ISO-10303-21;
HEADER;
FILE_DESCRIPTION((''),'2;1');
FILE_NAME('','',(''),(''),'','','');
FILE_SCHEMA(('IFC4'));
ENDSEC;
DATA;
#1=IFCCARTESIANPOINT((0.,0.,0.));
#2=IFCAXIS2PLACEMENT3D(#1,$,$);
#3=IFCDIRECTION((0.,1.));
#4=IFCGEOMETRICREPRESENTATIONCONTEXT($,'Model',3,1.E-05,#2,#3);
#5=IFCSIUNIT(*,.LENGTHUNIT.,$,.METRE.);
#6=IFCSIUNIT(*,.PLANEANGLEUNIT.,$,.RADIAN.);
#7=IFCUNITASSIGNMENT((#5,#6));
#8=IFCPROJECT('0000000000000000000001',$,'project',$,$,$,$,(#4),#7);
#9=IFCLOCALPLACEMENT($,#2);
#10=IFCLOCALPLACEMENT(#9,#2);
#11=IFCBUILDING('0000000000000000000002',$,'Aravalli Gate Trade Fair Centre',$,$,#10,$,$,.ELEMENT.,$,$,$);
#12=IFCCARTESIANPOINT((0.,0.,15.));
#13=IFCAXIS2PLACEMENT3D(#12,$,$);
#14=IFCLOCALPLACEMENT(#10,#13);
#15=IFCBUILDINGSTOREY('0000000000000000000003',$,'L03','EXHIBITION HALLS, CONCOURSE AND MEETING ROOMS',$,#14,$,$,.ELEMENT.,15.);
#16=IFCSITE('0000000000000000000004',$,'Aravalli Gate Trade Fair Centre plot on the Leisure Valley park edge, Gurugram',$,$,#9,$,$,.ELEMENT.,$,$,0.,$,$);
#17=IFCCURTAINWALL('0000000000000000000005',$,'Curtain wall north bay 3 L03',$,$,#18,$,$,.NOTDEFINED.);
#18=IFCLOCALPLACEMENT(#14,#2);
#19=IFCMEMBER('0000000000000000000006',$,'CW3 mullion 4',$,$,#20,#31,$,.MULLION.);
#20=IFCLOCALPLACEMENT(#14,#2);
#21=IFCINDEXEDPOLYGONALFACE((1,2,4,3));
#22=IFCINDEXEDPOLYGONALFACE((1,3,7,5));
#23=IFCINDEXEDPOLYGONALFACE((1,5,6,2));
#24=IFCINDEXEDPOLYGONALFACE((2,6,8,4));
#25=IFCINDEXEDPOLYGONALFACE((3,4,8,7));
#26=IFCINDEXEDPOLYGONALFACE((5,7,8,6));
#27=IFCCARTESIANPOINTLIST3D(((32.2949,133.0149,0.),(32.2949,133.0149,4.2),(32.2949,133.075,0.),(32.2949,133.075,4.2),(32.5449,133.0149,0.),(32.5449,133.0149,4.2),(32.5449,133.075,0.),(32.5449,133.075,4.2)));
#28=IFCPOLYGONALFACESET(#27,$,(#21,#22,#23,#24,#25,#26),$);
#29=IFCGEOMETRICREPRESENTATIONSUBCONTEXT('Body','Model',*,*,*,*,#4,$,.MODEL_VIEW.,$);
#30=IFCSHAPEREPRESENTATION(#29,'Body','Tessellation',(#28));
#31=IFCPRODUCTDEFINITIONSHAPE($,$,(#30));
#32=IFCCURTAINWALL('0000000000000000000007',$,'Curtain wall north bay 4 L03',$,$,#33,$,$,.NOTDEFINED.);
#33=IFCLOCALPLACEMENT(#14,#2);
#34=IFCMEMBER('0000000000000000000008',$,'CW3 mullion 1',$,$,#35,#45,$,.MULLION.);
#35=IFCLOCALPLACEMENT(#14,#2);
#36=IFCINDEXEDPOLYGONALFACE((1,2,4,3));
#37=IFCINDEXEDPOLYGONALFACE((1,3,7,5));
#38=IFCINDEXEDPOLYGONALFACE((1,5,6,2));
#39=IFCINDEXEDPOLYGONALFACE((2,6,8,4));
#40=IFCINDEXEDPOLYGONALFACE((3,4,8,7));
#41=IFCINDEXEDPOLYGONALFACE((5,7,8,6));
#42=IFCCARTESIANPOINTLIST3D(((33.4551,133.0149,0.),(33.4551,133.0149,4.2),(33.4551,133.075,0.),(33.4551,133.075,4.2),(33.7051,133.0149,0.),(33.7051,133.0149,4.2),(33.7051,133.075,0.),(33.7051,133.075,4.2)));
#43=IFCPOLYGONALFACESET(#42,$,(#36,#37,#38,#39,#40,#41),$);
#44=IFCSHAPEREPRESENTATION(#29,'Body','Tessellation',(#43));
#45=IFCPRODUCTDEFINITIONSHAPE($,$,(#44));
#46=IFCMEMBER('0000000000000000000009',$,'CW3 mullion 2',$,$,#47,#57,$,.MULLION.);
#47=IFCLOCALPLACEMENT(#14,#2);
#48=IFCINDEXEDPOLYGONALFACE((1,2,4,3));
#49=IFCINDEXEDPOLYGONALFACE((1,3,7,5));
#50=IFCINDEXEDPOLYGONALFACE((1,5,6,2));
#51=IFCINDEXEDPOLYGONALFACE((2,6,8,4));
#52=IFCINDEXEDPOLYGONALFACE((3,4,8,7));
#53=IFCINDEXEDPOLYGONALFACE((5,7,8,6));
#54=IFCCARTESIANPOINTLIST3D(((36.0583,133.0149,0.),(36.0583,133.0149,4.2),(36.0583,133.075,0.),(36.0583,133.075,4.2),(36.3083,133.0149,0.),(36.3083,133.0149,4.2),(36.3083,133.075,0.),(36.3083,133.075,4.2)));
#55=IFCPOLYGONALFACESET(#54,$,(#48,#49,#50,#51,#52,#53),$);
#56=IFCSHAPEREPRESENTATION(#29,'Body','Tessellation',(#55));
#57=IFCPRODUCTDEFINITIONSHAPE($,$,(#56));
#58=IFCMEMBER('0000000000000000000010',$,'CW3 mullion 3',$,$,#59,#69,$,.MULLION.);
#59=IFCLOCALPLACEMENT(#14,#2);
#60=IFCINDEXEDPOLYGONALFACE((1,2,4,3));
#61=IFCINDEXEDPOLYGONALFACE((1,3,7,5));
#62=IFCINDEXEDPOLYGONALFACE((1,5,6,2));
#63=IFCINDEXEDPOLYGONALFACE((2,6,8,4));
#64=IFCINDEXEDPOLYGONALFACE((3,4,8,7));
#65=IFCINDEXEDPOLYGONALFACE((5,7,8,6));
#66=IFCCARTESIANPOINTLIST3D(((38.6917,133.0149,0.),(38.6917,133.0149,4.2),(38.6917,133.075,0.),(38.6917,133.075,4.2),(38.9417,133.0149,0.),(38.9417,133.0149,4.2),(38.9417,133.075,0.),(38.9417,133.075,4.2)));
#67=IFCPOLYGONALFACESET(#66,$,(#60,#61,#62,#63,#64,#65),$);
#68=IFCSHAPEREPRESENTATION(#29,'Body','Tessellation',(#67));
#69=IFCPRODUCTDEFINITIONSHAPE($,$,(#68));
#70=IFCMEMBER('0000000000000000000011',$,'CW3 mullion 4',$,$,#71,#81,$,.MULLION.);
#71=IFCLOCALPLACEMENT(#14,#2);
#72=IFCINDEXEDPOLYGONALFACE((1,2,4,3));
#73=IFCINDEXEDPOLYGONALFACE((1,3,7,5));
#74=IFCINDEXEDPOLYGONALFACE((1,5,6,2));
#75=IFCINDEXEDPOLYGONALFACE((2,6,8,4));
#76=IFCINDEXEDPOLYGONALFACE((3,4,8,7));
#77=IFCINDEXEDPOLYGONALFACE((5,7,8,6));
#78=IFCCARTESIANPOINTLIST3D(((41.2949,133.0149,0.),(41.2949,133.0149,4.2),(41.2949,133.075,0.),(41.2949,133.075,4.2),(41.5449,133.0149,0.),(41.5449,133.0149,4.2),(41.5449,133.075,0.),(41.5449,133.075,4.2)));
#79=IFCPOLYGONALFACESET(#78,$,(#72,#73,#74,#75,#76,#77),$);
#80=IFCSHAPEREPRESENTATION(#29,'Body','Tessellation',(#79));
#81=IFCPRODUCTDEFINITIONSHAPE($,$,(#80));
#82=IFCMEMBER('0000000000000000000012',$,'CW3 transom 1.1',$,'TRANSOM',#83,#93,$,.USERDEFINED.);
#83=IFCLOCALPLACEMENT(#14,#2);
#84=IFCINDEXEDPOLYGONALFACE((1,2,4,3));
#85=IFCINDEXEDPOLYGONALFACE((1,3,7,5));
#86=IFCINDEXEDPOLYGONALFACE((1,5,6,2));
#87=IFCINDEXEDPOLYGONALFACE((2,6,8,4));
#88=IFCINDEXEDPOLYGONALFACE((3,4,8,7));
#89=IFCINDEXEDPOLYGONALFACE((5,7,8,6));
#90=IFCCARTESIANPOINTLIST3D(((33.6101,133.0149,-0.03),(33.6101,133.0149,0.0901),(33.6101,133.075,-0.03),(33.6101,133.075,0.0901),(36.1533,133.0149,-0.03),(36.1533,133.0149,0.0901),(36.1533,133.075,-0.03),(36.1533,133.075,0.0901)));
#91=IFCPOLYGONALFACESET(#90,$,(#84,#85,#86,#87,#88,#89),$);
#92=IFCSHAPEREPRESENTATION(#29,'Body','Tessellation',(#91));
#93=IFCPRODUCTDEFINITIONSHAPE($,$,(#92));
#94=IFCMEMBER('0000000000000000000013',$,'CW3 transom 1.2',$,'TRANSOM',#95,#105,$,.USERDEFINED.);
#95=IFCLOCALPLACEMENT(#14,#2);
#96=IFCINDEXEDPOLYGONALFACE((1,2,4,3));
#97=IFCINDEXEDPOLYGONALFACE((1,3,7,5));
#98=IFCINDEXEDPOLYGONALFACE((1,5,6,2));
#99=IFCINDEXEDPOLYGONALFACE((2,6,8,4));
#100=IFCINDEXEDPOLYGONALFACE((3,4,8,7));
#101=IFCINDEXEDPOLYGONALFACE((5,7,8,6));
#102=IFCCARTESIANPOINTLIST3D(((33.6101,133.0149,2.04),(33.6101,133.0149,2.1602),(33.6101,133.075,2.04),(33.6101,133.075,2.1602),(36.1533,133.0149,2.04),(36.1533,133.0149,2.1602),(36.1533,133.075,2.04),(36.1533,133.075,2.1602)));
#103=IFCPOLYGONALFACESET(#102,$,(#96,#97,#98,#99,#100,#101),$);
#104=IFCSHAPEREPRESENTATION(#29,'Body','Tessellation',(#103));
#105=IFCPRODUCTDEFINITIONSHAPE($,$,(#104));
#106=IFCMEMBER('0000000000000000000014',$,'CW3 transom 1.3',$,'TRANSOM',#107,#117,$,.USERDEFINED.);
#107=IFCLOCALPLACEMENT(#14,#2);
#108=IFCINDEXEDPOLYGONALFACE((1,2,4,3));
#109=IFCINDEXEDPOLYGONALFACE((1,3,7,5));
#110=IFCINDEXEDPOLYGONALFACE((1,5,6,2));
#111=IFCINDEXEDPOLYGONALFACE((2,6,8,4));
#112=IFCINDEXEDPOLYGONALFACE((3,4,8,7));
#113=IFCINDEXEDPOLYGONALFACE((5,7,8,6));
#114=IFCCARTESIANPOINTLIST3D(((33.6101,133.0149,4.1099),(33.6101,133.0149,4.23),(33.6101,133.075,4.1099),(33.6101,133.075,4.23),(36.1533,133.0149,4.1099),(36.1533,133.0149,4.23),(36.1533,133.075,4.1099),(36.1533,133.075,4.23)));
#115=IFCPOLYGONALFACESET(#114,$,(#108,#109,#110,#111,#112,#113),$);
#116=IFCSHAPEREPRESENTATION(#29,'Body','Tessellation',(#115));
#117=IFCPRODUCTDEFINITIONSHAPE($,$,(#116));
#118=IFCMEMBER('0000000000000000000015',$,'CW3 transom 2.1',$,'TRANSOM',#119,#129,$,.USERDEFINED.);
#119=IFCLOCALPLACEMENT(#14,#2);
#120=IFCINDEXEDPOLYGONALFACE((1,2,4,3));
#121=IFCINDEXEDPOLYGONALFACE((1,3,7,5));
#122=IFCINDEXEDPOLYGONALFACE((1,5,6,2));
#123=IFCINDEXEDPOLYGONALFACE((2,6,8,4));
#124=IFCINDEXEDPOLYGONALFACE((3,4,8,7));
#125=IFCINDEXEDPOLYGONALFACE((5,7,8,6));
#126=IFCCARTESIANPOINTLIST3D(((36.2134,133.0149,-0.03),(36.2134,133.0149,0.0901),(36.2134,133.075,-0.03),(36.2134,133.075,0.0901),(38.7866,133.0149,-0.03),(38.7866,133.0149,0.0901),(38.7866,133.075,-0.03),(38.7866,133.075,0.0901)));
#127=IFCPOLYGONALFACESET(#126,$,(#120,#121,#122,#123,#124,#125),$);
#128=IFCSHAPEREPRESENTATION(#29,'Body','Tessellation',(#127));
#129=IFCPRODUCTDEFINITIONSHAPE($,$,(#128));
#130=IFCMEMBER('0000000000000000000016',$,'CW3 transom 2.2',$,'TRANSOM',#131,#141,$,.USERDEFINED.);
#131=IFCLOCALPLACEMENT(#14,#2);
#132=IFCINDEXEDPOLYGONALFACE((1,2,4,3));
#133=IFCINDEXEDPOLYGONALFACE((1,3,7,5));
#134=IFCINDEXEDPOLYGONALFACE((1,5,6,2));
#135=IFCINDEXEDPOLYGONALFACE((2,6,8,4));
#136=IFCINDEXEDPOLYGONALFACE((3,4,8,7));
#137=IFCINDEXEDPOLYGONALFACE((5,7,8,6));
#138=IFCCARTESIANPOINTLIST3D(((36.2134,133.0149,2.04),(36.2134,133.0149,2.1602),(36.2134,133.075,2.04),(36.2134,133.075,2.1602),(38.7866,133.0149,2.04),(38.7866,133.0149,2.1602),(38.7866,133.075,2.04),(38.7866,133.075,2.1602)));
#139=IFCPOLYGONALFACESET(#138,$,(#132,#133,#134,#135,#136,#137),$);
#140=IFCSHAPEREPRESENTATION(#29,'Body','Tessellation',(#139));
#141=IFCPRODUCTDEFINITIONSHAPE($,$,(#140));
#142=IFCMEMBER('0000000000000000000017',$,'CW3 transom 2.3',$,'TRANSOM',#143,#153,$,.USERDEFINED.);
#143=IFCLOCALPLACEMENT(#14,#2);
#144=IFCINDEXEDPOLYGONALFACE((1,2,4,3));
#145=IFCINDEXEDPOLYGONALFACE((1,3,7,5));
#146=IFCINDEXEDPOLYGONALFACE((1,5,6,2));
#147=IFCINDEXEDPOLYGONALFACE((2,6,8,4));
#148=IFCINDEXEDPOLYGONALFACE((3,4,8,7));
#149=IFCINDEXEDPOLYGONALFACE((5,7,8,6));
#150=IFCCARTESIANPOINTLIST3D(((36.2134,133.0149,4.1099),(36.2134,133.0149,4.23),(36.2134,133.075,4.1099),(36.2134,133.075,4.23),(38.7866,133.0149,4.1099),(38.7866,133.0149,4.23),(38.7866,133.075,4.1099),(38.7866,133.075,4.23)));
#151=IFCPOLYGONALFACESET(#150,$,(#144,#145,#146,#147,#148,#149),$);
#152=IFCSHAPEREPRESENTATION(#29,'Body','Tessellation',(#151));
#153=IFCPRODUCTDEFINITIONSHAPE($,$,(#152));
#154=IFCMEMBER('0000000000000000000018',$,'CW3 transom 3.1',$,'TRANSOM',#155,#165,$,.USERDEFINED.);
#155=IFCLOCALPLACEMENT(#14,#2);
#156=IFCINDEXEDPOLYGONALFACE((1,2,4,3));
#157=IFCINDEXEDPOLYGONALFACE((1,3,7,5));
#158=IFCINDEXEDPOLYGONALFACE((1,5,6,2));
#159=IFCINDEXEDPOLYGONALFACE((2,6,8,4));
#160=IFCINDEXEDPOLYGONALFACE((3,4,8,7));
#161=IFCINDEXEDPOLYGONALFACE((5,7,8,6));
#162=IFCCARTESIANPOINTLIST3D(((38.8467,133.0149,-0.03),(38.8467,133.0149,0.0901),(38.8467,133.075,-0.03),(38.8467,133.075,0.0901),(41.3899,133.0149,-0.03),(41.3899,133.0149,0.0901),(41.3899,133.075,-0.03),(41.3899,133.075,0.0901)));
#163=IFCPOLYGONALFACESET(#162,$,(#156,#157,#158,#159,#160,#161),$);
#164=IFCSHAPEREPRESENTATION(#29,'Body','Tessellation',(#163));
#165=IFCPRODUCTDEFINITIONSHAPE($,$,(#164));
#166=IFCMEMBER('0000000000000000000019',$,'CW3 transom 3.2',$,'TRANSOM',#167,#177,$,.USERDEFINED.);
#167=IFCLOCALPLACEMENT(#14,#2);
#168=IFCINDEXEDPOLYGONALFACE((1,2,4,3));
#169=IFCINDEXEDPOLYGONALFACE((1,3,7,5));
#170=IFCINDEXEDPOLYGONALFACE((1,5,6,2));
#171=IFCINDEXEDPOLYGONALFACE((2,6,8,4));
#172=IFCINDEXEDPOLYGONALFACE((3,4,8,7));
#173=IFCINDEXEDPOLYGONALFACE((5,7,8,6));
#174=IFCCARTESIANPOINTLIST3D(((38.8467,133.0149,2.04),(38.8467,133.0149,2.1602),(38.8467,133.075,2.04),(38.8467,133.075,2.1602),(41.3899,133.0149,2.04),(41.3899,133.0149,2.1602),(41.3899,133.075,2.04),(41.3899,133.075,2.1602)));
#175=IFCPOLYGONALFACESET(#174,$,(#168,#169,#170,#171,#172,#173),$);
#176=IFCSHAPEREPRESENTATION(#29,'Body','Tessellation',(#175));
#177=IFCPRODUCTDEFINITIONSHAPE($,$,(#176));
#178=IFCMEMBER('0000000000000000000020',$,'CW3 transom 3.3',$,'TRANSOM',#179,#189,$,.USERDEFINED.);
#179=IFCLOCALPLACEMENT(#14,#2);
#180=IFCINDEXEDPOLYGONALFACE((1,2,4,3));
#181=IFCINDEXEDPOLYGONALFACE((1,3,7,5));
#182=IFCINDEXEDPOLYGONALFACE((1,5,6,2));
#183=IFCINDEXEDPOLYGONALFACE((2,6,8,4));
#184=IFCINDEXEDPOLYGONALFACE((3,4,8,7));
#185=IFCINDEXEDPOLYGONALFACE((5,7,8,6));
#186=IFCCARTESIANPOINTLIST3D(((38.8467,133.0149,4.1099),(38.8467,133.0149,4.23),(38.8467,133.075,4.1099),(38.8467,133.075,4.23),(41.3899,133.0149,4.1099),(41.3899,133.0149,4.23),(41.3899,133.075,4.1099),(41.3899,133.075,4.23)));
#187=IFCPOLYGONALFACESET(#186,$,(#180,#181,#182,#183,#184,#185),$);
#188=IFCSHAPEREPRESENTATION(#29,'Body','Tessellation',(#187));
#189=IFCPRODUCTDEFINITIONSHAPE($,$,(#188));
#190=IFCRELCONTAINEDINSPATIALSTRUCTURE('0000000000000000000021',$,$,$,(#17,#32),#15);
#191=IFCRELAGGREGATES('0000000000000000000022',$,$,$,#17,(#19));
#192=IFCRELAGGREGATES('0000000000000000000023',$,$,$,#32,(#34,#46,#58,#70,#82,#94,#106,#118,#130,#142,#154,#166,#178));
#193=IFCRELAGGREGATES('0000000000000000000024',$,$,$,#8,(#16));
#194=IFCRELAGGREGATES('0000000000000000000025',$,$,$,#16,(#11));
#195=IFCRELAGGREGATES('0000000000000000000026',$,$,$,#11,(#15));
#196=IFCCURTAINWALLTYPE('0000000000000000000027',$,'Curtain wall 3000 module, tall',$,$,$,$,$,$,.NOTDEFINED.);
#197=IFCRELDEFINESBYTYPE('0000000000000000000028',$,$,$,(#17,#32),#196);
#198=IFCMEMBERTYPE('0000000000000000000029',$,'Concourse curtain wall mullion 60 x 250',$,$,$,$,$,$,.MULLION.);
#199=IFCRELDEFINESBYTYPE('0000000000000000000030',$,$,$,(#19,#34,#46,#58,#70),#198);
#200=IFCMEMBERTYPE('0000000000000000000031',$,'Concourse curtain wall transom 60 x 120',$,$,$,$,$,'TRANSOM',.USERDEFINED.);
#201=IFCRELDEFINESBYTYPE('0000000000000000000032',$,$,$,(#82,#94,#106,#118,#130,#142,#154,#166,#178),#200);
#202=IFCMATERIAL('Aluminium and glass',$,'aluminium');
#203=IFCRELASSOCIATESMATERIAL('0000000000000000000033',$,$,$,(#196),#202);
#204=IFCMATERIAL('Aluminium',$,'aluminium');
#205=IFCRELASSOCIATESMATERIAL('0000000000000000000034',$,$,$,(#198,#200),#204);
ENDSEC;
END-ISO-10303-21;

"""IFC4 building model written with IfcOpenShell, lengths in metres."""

from ifc_helpers import new_model, si_unit, direction, frame, origin, origin_2d, place, context, subcontext, project, spatial, rectangle, extrude, material, material_profile, profile_set, type_object, element, aggregate, save


model = new_model("IFC4")

# Units and contexts
model_context = context("Model", 3, precision=1e-05, world=origin(), true_north=direction((0.0, 1.0)))
body_context = subcontext(model_context, "Body", "Model", "MODEL_VIEW")
ifc_project = project(units=[si_unit("LENGTHUNIT", "METRE"), si_unit("PLANEANGLEUNIT", "RADIAN")], contexts=[model_context])

# Site, building, storey
site_placement = place(None, origin())
site = spatial("IfcSite", under=ifc_project, at=site_placement, Name="Aravalli Gate Trade Fair Centre plot on the Leisure Valley park edge, Gurugram", CompositionType="ELEMENT", RefElevation=0.0)
building_placement = place(site_placement, origin())
building = spatial("IfcBuilding", under=site, at=building_placement, Name="Aravalli Gate Trade Fair Centre", CompositionType="ELEMENT")
storey_placement = place(building_placement, frame((0.0, 0.0, 15.0)))
storey = spatial("IfcBuildingStorey", under=building, at=storey_placement, Name="L03", Description="EXHIBITION HALLS, CONCOURSE AND MEETING ROOMS", CompositionType="ELEMENT", Elevation=15.0)

# Curtain wall, member
ifc_material_1 = material(Name="Aluminium and glass", Category="aluminium")
curtain_wall_type = type_object("IfcCurtainWallType", Name="Curtain wall 3000 module, tall", PredefinedType="NOTDEFINED", material=ifc_material_1)
curtain_wall_1_placement = place(storey_placement, origin())
curtain_wall_1 = element("IfcCurtainWall", 1, at=curtain_wall_1_placement, inside=storey, type_object=curtain_wall_type, Name="Curtain wall north bay 3 L03", PredefinedType="NOTDEFINED")
ifc_material_2 = material(Name="Aluminium", Category="aluminium")
ifc_material_profile_1 = material_profile(ifc_material_2, rectangle(XDim=0.0601, YDim=0.25, at=origin_2d()), Name="Concourse curtain wall mullion 60 x 250")
ifc_profile_set_1 = profile_set([ifc_material_profile_1], Name="Aluminium")
member_type_1 = type_object("IfcMemberType", Name="Concourse curtain wall mullion 60 x 250", PredefinedType="MULLION", material=ifc_profile_set_1)
member_1_placement = place(storey_placement, frame((32.4199, 133.0449, 0.0), z_axis=(0.0, 0.0, 1.0), x_axis=(0.0, 1.0, 0.0)))
member_1 = element("IfcMember", 2, at=member_1_placement, type_object=member_type_1, Name="CW3 mullion 4", PredefinedType="MULLION", context=body_context, shape_type="SweptSolid", body=[
    extrude(rectangle(XDim=0.0601, YDim=0.25, at=origin_2d()), origin(), (0.0, 0.0, 1.0), 4.2),
])

# Curtain wall, members
curtain_wall_2_placement = place(storey_placement, origin())
curtain_wall_2 = element("IfcCurtainWall", 3, at=curtain_wall_2_placement, inside=storey, type_object=curtain_wall_type, Name="Curtain wall north bay 4 L03", PredefinedType="NOTDEFINED")
member_2_placement = place(storey_placement, frame((33.5801, 133.0449, 0.0), z_axis=(0.0, 0.0, 1.0), x_axis=(0.0, 1.0, 0.0)))
member_2 = element("IfcMember", 4, at=member_2_placement, type_object=member_type_1, Name="CW3 mullion 1", PredefinedType="MULLION", context=body_context, shape_type="SweptSolid", body=[
    extrude(rectangle(XDim=0.0601, YDim=0.25, at=origin_2d()), origin(), (0.0, 0.0, 1.0), 4.2),
])
member_3_placement = place(storey_placement, frame((36.1833, 133.0449, 0.0), z_axis=(0.0, 0.0, 1.0), x_axis=(0.0, 1.0, 0.0)))
member_3 = element("IfcMember", 5, at=member_3_placement, type_object=member_type_1, Name="CW3 mullion 2", PredefinedType="MULLION", context=body_context, shape_type="SweptSolid", body=[
    extrude(rectangle(XDim=0.0601, YDim=0.25, at=origin_2d()), origin(), (0.0, 0.0, 1.0), 4.2),
])
member_4_placement = place(storey_placement, frame((38.8167, 133.0449, 0.0), z_axis=(0.0, 0.0, 1.0), x_axis=(0.0, 1.0, 0.0)))
member_4 = element("IfcMember", 6, at=member_4_placement, type_object=member_type_1, Name="CW3 mullion 3", PredefinedType="MULLION", context=body_context, shape_type="SweptSolid", body=[
    extrude(rectangle(XDim=0.0601, YDim=0.25, at=origin_2d()), origin(), (0.0, 0.0, 1.0), 4.2),
])
member_5_placement = place(storey_placement, frame((41.4199, 133.0449, 0.0), z_axis=(0.0, 0.0, 1.0), x_axis=(0.0, 1.0, 0.0)))
member_5 = element("IfcMember", 7, at=member_5_placement, type_object=member_type_1, Name="CW3 mullion 4", PredefinedType="MULLION", context=body_context, shape_type="SweptSolid", body=[
    extrude(rectangle(XDim=0.0601, YDim=0.25, at=origin_2d()), origin(), (0.0, 0.0, 1.0), 4.2),
])
ifc_material_profile_2 = material_profile(ifc_material_2, rectangle(XDim=0.0601, YDim=0.1201, at=origin_2d()), Name="Concourse curtain wall transom 60 x 120")
ifc_profile_set_2 = profile_set([ifc_material_profile_2], Name="Aluminium")
member_type_2 = type_object("IfcMemberType", Name="Concourse curtain wall transom 60 x 120", ElementType="TRANSOM", PredefinedType="USERDEFINED", material=ifc_profile_set_2)
member_6_placement = place(storey_placement, frame((33.6101, 133.0449, 0.03), z_axis=(1.0, 0.0, 0.0), x_axis=(0.0, 1.0, 0.0)))
member_6 = element("IfcMember", 8, at=member_6_placement, type_object=member_type_2, Name="CW3 transom 1.1", ObjectType="TRANSOM", PredefinedType="USERDEFINED", context=body_context, shape_type="SweptSolid", body=[
    extrude(rectangle(XDim=0.0601, YDim=0.1201, at=origin_2d()), origin(), (0.0, 0.0, 1.0), 2.5432),
])
member_7_placement = place(storey_placement, frame((33.6101, 133.0449, 2.1001), z_axis=(1.0, 0.0, 0.0), x_axis=(0.0, 1.0, 0.0)))
member_7 = element("IfcMember", 9, at=member_7_placement, type_object=member_type_2, Name="CW3 transom 1.2", ObjectType="TRANSOM", PredefinedType="USERDEFINED", context=body_context, shape_type="SweptSolid", body=[
    extrude(rectangle(XDim=0.0601, YDim=0.1201, at=origin_2d()), origin(), (0.0, 0.0, 1.0), 2.5432),
])
member_8_placement = place(storey_placement, frame((33.6101, 133.0449, 4.1699), z_axis=(1.0, 0.0, 0.0), x_axis=(0.0, 1.0, 0.0)))
member_8 = element("IfcMember", 10, at=member_8_placement, type_object=member_type_2, Name="CW3 transom 1.3", ObjectType="TRANSOM", PredefinedType="USERDEFINED", context=body_context, shape_type="SweptSolid", body=[
    extrude(rectangle(XDim=0.0601, YDim=0.1201, at=origin_2d()), origin(), (0.0, 0.0, 1.0), 2.5432),
])
member_9_placement = place(storey_placement, frame((36.2134, 133.0449, 0.03), z_axis=(1.0, 0.0, 0.0), x_axis=(0.0, 1.0, 0.0)))
member_9 = element("IfcMember", 11, at=member_9_placement, type_object=member_type_2, Name="CW3 transom 2.1", ObjectType="TRANSOM", PredefinedType="USERDEFINED", context=body_context, shape_type="SweptSolid", body=[
    extrude(rectangle(XDim=0.0601, YDim=0.1201, at=origin_2d()), origin(), (0.0, 0.0, 1.0), 2.5732),
])
member_10_placement = place(storey_placement, frame((36.2134, 133.0449, 2.1001), z_axis=(1.0, 0.0, 0.0), x_axis=(0.0, 1.0, 0.0)))
member_10 = element("IfcMember", 12, at=member_10_placement, type_object=member_type_2, Name="CW3 transom 2.2", ObjectType="TRANSOM", PredefinedType="USERDEFINED", context=body_context, shape_type="SweptSolid", body=[
    extrude(rectangle(XDim=0.0601, YDim=0.1201, at=origin_2d()), origin(), (0.0, 0.0, 1.0), 2.5732),
])
member_11_placement = place(storey_placement, frame((36.2134, 133.0449, 4.1699), z_axis=(1.0, 0.0, 0.0), x_axis=(0.0, 1.0, 0.0)))
member_11 = element("IfcMember", 13, at=member_11_placement, type_object=member_type_2, Name="CW3 transom 2.3", ObjectType="TRANSOM", PredefinedType="USERDEFINED", context=body_context, shape_type="SweptSolid", body=[
    extrude(rectangle(XDim=0.0601, YDim=0.1201, at=origin_2d()), origin(), (0.0, 0.0, 1.0), 2.5732),
])
member_12_placement = place(storey_placement, frame((38.8467, 133.0449, 0.03), z_axis=(1.0, 0.0, 0.0), x_axis=(0.0, 1.0, 0.0)))
member_12 = element("IfcMember", 14, at=member_12_placement, type_object=member_type_2, Name="CW3 transom 3.1", ObjectType="TRANSOM", PredefinedType="USERDEFINED", context=body_context, shape_type="SweptSolid", body=[
    extrude(rectangle(XDim=0.0601, YDim=0.1201, at=origin_2d()), origin(), (0.0, 0.0, 1.0), 2.5432),
])
member_13_placement = place(storey_placement, frame((38.8467, 133.0449, 2.1001), z_axis=(1.0, 0.0, 0.0), x_axis=(0.0, 1.0, 0.0)))
member_13 = element("IfcMember", 15, at=member_13_placement, type_object=member_type_2, Name="CW3 transom 3.2", ObjectType="TRANSOM", PredefinedType="USERDEFINED", context=body_context, shape_type="SweptSolid", body=[
    extrude(rectangle(XDim=0.0601, YDim=0.1201, at=origin_2d()), origin(), (0.0, 0.0, 1.0), 2.5432),
])
member_14_placement = place(storey_placement, frame((38.8467, 133.0449, 4.1699), z_axis=(1.0, 0.0, 0.0), x_axis=(0.0, 1.0, 0.0)))
member_14 = element("IfcMember", 16, at=member_14_placement, type_object=member_type_2, Name="CW3 transom 3.3", ObjectType="TRANSOM", PredefinedType="USERDEFINED", context=body_context, shape_type="SweptSolid", body=[
    extrude(rectangle(XDim=0.0601, YDim=0.1201, at=origin_2d()), origin(), (0.0, 0.0, 1.0), 2.5432),
])

aggregate(curtain_wall_1, [member_1])
aggregate(curtain_wall_2, [member_2, member_3, member_4, member_5, member_6, member_7, member_8, member_9, member_10, member_11, member_12, member_13, member_14])

save(model, "model.ifc")
